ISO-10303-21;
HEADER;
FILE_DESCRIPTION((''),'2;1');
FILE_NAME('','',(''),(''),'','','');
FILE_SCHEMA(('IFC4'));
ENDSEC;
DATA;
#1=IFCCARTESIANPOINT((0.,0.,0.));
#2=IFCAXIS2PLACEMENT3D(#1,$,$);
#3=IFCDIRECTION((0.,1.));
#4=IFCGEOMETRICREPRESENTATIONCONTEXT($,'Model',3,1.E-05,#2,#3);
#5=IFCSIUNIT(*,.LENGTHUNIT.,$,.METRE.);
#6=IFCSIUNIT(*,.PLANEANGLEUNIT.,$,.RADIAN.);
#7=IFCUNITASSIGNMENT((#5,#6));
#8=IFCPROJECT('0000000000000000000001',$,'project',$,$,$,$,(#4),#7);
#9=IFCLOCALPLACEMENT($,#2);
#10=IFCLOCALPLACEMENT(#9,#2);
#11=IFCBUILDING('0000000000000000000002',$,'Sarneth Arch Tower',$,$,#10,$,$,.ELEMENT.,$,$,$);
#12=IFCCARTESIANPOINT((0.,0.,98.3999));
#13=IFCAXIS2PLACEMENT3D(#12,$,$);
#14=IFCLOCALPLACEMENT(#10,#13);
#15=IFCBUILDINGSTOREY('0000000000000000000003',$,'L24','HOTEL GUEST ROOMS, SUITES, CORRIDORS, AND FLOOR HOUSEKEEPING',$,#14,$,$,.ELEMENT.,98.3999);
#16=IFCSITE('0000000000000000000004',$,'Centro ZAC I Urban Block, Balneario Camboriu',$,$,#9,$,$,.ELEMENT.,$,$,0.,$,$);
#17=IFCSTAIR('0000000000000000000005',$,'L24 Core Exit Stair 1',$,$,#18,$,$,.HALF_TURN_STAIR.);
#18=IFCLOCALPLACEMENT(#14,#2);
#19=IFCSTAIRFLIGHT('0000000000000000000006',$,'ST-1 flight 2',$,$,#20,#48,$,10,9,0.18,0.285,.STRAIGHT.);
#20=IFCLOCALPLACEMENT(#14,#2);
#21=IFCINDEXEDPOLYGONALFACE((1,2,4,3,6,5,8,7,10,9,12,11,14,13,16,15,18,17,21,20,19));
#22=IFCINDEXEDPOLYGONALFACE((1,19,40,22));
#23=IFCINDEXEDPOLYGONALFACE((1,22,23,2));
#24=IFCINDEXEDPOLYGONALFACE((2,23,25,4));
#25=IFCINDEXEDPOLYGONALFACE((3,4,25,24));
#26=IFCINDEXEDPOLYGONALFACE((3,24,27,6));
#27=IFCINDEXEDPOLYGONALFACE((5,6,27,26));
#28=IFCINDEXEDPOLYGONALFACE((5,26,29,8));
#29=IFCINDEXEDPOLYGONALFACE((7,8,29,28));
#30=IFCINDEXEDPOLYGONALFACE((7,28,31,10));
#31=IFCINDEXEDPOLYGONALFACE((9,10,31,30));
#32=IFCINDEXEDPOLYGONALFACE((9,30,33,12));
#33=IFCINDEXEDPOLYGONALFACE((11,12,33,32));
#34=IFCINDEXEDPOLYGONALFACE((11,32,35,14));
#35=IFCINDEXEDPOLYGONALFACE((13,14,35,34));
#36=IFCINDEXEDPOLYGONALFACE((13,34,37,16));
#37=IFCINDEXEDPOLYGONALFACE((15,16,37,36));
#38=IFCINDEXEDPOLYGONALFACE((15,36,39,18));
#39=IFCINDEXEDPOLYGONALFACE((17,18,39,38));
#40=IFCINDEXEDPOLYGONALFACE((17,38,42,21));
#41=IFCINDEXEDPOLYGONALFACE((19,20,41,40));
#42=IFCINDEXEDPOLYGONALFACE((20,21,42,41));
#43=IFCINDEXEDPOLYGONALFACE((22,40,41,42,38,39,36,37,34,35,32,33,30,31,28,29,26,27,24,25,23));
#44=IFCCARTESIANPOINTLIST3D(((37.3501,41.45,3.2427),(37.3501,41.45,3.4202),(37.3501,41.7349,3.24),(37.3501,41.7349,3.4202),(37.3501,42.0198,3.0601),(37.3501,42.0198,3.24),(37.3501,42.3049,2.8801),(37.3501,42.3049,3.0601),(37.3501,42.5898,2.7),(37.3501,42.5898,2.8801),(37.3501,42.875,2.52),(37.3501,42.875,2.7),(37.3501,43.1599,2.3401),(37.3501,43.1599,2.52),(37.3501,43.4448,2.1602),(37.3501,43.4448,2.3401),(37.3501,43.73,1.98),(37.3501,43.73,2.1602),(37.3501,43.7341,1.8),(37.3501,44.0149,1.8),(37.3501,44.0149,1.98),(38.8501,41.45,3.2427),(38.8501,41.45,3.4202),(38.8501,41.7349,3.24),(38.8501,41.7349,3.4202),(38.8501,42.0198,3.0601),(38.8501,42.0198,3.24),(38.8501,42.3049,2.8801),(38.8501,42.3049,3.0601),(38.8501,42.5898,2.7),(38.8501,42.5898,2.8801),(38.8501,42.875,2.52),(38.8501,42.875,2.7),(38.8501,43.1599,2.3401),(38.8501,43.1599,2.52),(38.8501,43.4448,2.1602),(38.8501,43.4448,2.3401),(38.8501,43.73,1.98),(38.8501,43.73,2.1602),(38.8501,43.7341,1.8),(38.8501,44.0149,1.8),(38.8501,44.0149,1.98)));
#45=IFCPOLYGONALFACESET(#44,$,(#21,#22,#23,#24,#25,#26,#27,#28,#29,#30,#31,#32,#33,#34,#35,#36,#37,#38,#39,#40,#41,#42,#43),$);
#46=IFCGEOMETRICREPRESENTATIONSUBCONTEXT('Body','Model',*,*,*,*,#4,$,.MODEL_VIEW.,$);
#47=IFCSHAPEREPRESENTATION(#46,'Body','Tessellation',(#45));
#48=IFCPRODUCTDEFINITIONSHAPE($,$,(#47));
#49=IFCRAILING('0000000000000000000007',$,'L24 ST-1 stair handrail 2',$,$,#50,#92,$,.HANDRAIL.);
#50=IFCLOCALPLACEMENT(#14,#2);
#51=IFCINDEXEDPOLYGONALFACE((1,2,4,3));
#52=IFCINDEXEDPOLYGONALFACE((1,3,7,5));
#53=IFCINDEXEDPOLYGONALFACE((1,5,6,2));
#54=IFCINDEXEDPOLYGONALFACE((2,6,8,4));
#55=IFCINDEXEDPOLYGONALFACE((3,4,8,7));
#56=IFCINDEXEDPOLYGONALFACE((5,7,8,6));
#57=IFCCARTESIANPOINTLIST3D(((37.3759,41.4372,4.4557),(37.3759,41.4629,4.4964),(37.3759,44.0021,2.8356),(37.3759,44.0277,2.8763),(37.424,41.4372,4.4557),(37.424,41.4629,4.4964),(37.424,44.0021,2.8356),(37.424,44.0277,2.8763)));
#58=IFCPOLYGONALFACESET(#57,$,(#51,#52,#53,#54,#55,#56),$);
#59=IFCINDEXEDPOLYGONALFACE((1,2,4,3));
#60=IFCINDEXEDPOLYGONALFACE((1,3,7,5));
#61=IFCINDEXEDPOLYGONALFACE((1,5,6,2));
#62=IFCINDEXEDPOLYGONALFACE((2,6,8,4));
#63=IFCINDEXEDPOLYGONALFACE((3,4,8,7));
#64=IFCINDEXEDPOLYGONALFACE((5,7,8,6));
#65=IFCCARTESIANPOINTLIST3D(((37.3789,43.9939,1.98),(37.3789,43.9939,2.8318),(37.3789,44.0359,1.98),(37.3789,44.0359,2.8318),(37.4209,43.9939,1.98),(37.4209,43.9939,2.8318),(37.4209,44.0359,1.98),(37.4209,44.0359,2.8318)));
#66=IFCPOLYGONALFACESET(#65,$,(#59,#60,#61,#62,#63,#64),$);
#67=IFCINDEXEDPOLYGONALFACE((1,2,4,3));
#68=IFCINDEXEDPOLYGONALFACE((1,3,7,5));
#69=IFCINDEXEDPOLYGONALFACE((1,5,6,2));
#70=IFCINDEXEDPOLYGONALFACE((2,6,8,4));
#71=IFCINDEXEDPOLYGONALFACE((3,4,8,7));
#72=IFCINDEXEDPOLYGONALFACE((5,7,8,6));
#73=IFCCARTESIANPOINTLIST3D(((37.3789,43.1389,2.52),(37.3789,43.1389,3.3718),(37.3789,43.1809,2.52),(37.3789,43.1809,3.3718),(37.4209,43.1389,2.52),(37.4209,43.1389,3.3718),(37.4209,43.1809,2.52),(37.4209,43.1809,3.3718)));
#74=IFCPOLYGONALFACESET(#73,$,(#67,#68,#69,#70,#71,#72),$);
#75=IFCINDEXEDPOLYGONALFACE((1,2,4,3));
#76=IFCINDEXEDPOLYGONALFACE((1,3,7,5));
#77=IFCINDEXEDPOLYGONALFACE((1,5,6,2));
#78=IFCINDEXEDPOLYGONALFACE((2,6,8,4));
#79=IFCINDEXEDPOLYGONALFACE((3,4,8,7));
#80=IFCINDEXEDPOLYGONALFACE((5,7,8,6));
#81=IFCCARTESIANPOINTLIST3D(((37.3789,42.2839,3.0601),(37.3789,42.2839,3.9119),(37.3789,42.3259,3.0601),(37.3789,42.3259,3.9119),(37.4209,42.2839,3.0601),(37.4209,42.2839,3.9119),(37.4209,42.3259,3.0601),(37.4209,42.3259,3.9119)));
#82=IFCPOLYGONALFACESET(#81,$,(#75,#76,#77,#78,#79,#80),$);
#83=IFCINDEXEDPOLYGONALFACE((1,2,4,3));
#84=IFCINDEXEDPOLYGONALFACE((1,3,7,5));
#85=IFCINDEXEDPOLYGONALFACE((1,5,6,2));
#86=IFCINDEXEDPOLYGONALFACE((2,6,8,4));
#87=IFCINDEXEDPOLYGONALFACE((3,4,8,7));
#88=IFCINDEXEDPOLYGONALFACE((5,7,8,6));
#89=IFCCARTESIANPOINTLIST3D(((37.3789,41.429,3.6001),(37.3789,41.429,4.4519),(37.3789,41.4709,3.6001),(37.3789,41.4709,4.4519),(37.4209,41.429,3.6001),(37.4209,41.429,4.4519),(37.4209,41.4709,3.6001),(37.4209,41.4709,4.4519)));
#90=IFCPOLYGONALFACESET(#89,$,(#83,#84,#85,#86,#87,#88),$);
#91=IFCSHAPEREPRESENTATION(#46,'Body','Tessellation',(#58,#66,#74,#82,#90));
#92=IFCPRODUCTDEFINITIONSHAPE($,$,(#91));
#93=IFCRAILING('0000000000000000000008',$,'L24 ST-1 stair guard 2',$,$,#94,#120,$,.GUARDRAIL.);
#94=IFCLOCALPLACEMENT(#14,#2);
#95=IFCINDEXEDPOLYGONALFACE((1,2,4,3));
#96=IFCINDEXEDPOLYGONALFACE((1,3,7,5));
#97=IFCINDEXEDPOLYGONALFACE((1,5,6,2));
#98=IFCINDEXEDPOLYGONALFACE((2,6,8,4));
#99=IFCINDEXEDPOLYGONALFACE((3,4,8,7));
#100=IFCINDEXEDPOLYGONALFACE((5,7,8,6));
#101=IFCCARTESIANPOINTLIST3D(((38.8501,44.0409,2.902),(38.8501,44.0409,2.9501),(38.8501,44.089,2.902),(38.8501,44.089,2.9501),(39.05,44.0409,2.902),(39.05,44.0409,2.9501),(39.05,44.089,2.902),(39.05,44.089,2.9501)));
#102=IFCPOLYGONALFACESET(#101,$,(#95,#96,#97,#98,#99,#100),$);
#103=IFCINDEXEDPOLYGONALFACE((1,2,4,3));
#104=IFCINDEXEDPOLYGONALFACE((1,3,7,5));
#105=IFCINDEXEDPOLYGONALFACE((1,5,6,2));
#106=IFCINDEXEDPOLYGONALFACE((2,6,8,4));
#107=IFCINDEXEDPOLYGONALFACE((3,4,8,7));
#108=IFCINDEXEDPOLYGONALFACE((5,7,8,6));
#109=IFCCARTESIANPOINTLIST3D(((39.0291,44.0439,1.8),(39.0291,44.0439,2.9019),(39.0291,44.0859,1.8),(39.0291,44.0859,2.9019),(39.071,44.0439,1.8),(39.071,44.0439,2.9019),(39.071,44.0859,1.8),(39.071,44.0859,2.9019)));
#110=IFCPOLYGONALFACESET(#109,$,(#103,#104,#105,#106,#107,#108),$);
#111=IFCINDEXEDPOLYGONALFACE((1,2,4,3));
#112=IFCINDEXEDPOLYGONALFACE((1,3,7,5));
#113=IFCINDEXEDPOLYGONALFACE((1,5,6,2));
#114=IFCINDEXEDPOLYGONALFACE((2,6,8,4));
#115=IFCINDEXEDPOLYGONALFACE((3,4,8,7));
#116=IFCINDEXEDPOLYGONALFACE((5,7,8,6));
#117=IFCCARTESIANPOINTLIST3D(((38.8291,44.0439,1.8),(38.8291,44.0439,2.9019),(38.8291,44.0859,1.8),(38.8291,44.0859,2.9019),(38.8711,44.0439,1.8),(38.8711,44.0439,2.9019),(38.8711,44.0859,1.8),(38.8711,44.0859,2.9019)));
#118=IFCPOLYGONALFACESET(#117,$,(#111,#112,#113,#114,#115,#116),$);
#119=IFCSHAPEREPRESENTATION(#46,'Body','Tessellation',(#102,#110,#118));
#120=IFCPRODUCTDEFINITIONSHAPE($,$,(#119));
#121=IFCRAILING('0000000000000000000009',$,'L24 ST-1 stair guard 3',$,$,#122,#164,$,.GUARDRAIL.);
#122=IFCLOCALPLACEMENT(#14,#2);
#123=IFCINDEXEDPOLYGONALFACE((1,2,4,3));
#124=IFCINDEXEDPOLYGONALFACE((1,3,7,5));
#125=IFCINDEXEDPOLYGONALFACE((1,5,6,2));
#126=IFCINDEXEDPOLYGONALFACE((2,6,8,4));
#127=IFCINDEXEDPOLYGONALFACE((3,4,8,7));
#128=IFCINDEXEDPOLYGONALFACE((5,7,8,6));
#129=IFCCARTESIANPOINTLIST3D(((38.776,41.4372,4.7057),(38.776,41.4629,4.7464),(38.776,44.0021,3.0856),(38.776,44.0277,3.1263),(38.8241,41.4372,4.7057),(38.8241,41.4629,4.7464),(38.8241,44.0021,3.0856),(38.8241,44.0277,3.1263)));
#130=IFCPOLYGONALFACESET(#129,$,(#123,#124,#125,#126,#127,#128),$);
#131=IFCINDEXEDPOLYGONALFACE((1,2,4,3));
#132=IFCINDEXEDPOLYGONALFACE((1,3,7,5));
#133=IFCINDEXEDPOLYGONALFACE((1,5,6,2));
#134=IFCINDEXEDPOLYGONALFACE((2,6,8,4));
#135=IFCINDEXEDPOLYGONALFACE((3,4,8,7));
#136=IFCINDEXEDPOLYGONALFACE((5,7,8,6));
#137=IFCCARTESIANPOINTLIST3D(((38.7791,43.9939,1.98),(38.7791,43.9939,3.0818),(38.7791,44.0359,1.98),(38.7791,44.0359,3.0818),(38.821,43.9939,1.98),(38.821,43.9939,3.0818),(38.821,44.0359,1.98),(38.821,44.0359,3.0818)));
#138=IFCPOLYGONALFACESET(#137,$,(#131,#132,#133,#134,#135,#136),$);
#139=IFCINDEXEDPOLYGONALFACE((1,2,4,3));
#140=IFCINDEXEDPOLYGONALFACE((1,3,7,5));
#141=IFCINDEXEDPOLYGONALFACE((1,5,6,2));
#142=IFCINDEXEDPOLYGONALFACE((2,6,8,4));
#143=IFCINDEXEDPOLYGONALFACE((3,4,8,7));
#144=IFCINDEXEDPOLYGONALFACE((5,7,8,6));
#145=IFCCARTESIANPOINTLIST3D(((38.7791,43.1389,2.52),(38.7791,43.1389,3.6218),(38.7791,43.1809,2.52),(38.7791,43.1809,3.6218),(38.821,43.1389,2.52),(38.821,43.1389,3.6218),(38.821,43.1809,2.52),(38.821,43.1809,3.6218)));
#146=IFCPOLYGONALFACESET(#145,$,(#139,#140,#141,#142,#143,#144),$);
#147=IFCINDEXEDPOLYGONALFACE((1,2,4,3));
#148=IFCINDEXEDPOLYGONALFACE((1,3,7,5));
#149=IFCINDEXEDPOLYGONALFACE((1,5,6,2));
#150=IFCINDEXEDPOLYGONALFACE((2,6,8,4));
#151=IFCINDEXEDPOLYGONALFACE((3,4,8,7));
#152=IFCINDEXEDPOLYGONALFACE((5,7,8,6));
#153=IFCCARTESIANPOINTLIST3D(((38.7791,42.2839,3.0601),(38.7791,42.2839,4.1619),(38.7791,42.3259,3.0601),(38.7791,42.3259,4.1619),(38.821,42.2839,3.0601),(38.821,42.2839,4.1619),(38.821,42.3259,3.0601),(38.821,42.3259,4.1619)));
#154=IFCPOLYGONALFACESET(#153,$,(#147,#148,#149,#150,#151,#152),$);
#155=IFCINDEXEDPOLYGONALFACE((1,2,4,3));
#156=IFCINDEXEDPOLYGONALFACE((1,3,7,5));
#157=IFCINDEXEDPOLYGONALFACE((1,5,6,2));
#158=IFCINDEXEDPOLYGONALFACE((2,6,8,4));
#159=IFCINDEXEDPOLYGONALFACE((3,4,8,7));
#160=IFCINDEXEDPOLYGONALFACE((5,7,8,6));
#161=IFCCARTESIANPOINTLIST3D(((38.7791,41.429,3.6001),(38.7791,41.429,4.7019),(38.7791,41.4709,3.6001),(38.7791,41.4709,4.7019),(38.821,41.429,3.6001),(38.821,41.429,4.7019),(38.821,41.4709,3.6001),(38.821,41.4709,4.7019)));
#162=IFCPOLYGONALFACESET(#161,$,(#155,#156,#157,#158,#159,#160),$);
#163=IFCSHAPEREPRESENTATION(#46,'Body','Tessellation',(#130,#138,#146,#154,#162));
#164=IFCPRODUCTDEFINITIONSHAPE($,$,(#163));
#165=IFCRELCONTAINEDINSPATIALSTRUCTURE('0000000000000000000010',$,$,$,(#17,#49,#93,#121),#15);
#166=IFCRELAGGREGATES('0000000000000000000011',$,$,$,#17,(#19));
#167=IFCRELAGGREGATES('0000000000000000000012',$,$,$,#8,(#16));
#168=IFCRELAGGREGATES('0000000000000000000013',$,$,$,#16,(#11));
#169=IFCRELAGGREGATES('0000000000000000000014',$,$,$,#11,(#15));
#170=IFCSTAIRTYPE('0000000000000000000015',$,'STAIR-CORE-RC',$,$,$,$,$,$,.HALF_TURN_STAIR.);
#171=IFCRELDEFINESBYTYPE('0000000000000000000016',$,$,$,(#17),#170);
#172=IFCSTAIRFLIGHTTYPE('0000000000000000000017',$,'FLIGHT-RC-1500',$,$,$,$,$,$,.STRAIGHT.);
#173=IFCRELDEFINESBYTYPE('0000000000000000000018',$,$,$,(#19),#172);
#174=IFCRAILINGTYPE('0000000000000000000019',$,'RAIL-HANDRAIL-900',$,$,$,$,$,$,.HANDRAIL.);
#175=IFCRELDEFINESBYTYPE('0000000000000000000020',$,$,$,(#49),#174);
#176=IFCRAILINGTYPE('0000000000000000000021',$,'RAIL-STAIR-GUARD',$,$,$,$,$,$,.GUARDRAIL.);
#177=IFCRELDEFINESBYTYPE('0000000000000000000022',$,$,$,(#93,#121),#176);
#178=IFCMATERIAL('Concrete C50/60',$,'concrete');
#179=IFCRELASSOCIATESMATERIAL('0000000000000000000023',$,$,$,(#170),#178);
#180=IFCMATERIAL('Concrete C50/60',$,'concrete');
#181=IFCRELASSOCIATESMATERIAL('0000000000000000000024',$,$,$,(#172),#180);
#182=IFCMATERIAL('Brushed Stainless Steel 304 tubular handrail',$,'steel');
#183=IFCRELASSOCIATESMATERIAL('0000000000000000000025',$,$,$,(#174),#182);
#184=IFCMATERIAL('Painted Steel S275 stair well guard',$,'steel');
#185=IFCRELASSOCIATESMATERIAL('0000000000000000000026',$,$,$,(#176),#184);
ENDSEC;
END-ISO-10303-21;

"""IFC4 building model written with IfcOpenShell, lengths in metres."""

from ifc_helpers import new_model, si_unit, direction, frame, origin, origin_2d, place, context, subcontext, project, spatial, polyline, rectangle, outline, extrude, material, type_object, element, aggregate, save


model = new_model("IFC4")

# Units and contexts
model_context = context("Model", 3, precision=1e-05, world=origin(), true_north=direction((0.0, 1.0)))
body_context = subcontext(model_context, "Body", "Model", "MODEL_VIEW")
ifc_project = project(units=[si_unit("LENGTHUNIT", "METRE"), si_unit("PLANEANGLEUNIT", "RADIAN")], contexts=[model_context])

# Site, building, storey
site_placement = place(None, origin())
site = spatial("IfcSite", under=ifc_project, at=site_placement, Name="Centro ZAC I Urban Block, Balneario Camboriu", CompositionType="ELEMENT", RefElevation=0.0)
building_placement = place(site_placement, origin())
building = spatial("IfcBuilding", under=site, at=building_placement, Name="Sarneth Arch Tower", CompositionType="ELEMENT")
storey_placement = place(building_placement, frame((0.0, 0.0, 98.3999)))
storey = spatial("IfcBuildingStorey", under=building, at=storey_placement, Name="L24", Description="HOTEL GUEST ROOMS, SUITES, CORRIDORS, AND FLOOR HOUSEKEEPING", CompositionType="ELEMENT", Elevation=98.3999)

# Stair, stair flight
ifc_material_1 = material(Name="Concrete C50/60", Category="concrete")
stair_type = type_object("IfcStairType", Name="STAIR-CORE-RC", PredefinedType="HALF_TURN_STAIR", material=ifc_material_1)
stair_placement = place(storey_placement, origin())
stair = element("IfcStair", 1, at=stair_placement, inside=storey, type_object=stair_type, Name="L24 Core Exit Stair 1", PredefinedType="HALF_TURN_STAIR")
ifc_material_2 = material(Name="Concrete C50/60", Category="concrete")
stair_flight_type = type_object("IfcStairFlightType", Name="FLIGHT-RC-1500", PredefinedType="STRAIGHT", material=ifc_material_2)
stair_flight_placement = place(storey_placement, frame((38.1001, 44.0149, 1.8), z_axis=(0.0, 0.0, 1.0), x_axis=(0.0, -1.0, 0.0)))
stair_flight = element("IfcStairFlight", 2, at=stair_flight_placement, type_object=stair_flight_type, Name="ST-1 flight 2", NumberOfRisers=10, NumberOfTreads=9, PredefinedType="STRAIGHT", RiserHeight=0.18, TreadLength=0.285, context=body_context, shape_type="SweptSolid", body=[
    extrude(outline(polyline([(0.0, 0.0), (0.0, 0.1799), (0.2849, 0.1799), (0.2849, 0.3601), (0.5701, 0.3601), (0.5701, 0.54), (0.855, 0.54), (0.855, 0.72), (1.1399, 0.72), (1.1399, 0.8999), (1.425, 0.8999), (1.425, 1.0801), (1.71, 1.0801), (1.71, 1.26), (1.9951, 1.26), (1.9951, 1.4399), (2.28, 1.4399), (2.28, 1.6201), (2.5649, 1.6201), (2.5649, 1.8), (2.5649, 1.4426), (0.2808, 0.0), (0.0, 0.0)])), frame((0.0, 0.75, 0.0), z_axis=(0.0, -1.0, 0.0), x_axis=(1.0, 0.0, 0.0)), (0.0, 0.0, 1.0), 1.5),
])
aggregate(stair, [stair_flight])

# Railings
ifc_material_3 = material(Name="Brushed Stainless Steel 304 tubular handrail", Category="steel")
railing_type_1 = type_object("IfcRailingType", Name="RAIL-HANDRAIL-900", PredefinedType="HANDRAIL", material=ifc_material_3)
railing_1_placement = place(storey_placement, frame((37.3999, 44.0149, 1.98)))
element("IfcRailing", 3, at=railing_1_placement, inside=storey, type_object=railing_type_1, Name="L24 ST-1 stair handrail 2", PredefinedType="HANDRAIL", context=body_context, shape_type="SweptSolid", body=[
    extrude(rectangle(XDim=0.0481, YDim=0.0481, at=origin_2d()), frame((0.0, 0.0, 0.876), z_axis=(0.0, -0.845466, 0.534029), x_axis=(1.0, 0.0, 0.0)), (0.0, 0.0, 1.0), 3.0337),
    extrude(rectangle(XDim=0.042, YDim=0.042, at=origin_2d()), origin(), (0.0, 0.0, 1.0), 0.8518),
    extrude(rectangle(XDim=0.042, YDim=0.042, at=origin_2d()), frame((0.0, -0.855, 0.54)), (0.0, 0.0, 1.0), 0.8518),
    extrude(rectangle(XDim=0.042, YDim=0.042, at=origin_2d()), frame((0.0, -1.71, 1.0801)), (0.0, 0.0, 1.0), 0.8518),
    extrude(rectangle(XDim=0.042, YDim=0.042, at=origin_2d()), frame((0.0, -2.5649, 1.6201)), (0.0, 0.0, 1.0), 0.8518),
])
ifc_material_4 = material(Name="Painted Steel S275 stair well guard", Category="steel")
railing_type_2 = type_object("IfcRailingType", Name="RAIL-STAIR-GUARD", PredefinedType="GUARDRAIL", material=ifc_material_4)
railing_2_placement = place(storey_placement, frame((39.05, 44.0649, 1.8)))
element("IfcRailing", 4, at=railing_2_placement, inside=storey, type_object=railing_type_2, Name="L24 ST-1 stair guard 2", PredefinedType="GUARDRAIL", context=body_context, shape_type="SweptSolid", body=[
    extrude(rectangle(XDim=0.0481, YDim=0.0481, at=origin_2d()), frame((0.0, 0.0, 1.126), z_axis=(-1.0, 0.0, 0.0), x_axis=(0.0, -1.0, 0.0)), (0.0, 0.0, 1.0), 0.2),
    extrude(rectangle(XDim=0.042, YDim=0.042, at=origin_2d()), origin(), (0.0, 0.0, 1.0), 1.1018),
    extrude(rectangle(XDim=0.042, YDim=0.042, at=origin_2d()), frame((-0.2, 0.0, 0.0)), (0.0, 0.0, 1.0), 1.1018),
])
railing_3_placement = place(storey_placement, frame((38.8, 44.0149, 1.98)))
element("IfcRailing", 5, at=railing_3_placement, inside=storey, type_object=railing_type_2, Name="L24 ST-1 stair guard 3", PredefinedType="GUARDRAIL", context=body_context, shape_type="SweptSolid", body=[
    extrude(rectangle(XDim=0.0481, YDim=0.0481, at=origin_2d()), frame((0.0, 0.0, 1.126), z_axis=(0.0, -0.845466, 0.534029), x_axis=(1.0, 0.0, 0.0)), (0.0, 0.0, 1.0), 3.0337),
    extrude(rectangle(XDim=0.042, YDim=0.042, at=origin_2d()), origin(), (0.0, 0.0, 1.0), 1.1018),
    extrude(rectangle(XDim=0.042, YDim=0.042, at=origin_2d()), frame((0.0, -0.855, 0.54)), (0.0, 0.0, 1.0), 1.1018),
    extrude(rectangle(XDim=0.042, YDim=0.042, at=origin_2d()), frame((0.0, -1.71, 1.0801)), (0.0, 0.0, 1.0), 1.1018),
    extrude(rectangle(XDim=0.042, YDim=0.042, at=origin_2d()), frame((0.0, -2.5649, 1.6201)), (0.0, 0.0, 1.0), 1.1018),
])

save(model, "model.ifc")
